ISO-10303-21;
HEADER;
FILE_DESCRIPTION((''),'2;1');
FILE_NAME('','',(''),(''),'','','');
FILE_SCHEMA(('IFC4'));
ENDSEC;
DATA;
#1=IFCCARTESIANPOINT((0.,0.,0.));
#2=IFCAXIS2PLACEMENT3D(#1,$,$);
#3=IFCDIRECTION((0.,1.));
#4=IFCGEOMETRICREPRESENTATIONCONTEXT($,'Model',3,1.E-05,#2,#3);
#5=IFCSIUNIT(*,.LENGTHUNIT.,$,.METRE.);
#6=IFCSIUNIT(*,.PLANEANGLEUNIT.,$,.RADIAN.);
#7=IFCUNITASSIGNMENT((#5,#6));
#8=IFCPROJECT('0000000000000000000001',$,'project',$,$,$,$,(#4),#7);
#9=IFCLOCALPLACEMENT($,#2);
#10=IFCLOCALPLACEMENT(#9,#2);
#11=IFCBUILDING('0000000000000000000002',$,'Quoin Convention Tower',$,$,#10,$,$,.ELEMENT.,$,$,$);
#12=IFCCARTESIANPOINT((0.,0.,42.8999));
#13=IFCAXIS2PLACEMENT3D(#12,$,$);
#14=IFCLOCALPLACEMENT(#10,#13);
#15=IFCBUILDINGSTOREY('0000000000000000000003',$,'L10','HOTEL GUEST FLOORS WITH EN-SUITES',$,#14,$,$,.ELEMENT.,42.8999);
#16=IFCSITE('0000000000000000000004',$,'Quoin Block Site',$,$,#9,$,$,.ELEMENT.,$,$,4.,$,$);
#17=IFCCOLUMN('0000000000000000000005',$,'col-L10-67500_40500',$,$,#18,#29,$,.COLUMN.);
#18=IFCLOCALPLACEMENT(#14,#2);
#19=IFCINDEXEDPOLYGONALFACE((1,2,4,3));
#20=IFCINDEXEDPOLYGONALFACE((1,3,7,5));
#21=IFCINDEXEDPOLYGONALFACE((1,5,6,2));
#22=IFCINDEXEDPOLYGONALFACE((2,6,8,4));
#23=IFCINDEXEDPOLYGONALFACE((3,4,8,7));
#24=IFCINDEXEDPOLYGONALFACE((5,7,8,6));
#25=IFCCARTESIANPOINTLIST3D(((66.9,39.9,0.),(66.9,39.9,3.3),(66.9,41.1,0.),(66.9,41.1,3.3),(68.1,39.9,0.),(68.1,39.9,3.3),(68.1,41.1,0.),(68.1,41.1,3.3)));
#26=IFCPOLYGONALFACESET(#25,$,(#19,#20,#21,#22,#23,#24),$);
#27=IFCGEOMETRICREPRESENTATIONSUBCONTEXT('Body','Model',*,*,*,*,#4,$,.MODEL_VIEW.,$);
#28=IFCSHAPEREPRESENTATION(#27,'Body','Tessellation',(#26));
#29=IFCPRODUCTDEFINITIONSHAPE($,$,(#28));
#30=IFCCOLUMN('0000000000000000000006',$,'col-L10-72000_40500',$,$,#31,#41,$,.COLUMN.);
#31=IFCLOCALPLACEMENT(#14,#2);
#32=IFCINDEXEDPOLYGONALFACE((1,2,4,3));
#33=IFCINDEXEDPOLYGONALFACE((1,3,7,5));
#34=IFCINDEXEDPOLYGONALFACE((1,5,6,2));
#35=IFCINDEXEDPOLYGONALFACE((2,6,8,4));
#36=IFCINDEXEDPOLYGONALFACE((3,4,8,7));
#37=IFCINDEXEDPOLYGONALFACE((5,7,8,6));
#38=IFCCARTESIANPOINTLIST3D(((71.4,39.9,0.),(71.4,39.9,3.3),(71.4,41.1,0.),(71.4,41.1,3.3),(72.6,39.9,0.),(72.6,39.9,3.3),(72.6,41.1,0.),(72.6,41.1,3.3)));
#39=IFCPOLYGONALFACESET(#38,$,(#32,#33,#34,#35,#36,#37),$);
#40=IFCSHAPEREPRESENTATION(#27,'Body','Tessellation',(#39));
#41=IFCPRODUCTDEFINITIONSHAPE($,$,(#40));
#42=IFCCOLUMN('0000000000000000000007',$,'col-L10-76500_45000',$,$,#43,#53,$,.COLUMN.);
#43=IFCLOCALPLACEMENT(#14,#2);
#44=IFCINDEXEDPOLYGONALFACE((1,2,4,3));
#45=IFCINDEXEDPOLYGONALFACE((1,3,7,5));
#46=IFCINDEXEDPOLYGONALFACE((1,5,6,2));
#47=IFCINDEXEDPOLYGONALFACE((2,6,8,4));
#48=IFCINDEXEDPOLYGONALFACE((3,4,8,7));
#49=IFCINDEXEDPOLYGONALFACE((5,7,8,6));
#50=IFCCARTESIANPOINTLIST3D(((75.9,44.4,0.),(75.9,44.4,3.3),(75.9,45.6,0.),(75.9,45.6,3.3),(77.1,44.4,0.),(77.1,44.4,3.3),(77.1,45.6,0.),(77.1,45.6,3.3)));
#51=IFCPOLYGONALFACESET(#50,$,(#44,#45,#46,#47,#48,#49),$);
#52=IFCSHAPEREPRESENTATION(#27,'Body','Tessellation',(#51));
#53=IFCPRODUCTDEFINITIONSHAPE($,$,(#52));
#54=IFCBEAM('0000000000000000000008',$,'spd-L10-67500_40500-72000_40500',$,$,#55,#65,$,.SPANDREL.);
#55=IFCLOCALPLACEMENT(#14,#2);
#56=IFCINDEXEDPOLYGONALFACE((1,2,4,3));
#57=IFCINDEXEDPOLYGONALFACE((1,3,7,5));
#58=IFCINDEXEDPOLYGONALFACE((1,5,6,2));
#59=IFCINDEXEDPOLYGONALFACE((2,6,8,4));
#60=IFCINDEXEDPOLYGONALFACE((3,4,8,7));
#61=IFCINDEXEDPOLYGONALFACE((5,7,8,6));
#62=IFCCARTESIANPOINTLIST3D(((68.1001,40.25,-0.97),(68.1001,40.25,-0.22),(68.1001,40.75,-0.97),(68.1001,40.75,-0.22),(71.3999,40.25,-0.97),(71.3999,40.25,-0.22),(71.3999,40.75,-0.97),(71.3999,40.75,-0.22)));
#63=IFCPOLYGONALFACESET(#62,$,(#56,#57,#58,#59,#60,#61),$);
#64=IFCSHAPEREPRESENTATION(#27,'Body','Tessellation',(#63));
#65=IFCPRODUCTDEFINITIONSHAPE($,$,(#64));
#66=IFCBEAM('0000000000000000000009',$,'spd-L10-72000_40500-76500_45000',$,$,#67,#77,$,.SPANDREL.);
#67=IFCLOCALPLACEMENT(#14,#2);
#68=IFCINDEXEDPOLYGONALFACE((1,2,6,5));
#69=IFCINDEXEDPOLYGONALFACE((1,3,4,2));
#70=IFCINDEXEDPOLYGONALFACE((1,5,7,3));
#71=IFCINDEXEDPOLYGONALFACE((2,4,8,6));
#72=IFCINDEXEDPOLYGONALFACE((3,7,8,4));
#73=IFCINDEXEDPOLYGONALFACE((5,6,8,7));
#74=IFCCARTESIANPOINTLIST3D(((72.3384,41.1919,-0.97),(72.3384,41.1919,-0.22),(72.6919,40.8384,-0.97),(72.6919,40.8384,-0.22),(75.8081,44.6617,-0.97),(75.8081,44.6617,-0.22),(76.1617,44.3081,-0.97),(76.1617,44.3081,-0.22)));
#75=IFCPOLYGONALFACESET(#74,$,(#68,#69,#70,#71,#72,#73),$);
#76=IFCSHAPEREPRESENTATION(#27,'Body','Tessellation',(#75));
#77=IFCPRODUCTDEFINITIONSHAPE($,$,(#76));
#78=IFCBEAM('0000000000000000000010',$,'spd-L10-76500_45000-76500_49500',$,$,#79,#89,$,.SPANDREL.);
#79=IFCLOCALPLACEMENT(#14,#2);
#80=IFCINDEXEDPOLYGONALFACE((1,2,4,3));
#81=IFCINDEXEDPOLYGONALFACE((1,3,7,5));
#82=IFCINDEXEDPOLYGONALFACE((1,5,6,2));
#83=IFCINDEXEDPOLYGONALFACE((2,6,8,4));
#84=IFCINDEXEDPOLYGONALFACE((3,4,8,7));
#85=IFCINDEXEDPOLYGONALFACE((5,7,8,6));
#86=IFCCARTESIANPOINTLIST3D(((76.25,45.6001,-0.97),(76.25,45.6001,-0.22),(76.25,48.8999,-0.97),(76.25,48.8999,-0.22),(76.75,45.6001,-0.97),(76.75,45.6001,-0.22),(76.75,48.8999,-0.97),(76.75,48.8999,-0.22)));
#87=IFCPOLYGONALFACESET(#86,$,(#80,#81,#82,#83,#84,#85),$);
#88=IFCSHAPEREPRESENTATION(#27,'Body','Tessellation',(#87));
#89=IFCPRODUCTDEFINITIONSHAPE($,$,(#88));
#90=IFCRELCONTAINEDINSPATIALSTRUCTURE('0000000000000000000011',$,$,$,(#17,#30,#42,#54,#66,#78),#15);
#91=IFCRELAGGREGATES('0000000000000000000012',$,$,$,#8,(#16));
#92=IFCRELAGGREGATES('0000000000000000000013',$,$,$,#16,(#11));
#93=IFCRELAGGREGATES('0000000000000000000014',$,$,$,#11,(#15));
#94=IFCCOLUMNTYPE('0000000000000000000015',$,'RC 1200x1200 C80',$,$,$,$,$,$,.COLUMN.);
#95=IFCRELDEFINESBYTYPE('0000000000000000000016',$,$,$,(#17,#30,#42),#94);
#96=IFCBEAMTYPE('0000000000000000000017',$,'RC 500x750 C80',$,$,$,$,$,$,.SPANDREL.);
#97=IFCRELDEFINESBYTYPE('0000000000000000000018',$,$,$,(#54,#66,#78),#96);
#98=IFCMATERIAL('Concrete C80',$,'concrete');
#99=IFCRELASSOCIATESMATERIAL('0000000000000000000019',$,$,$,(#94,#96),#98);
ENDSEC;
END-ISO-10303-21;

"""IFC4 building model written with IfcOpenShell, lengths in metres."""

from ifc_helpers import new_model, si_unit, direction, frame, origin, origin_2d, place, context, subcontext, project, spatial, rectangle, extrude, material, material_profile, profile_set, type_object, element, save


model = new_model("IFC4")

# Units and contexts
model_context = context("Model", 3, precision=1e-05, world=origin(), true_north=direction((0.0, 1.0)))
body_context = subcontext(model_context, "Body", "Model", "MODEL_VIEW")
ifc_project = project(units=[si_unit("LENGTHUNIT", "METRE"), si_unit("PLANEANGLEUNIT", "RADIAN")], contexts=[model_context])

# Site, building, storey
site_placement = place(None, origin())
site = spatial("IfcSite", under=ifc_project, at=site_placement, Name="Quoin Block Site", CompositionType="ELEMENT", RefElevation=4.0)
building_placement = place(site_placement, origin())
building = spatial("IfcBuilding", under=site, at=building_placement, Name="Quoin Convention Tower", CompositionType="ELEMENT")
storey_placement = place(building_placement, frame((0.0, 0.0, 42.8999)))
storey = spatial("IfcBuildingStorey", under=building, at=storey_placement, Name="L10", Description="HOTEL GUEST FLOORS WITH EN-SUITES", CompositionType="ELEMENT", Elevation=42.8999)

# Columns
ifc_material_1 = material(Name="Concrete C80", Category="concrete")
ifc_material_profile_1 = material_profile(ifc_material_1, rectangle(XDim=1.2, YDim=1.2, at=origin_2d()), Name="RC 1200x1200")
ifc_profile_set_1 = profile_set([ifc_material_profile_1], Name="Concrete C80")
column_type = type_object("IfcColumnType", Name="RC 1200x1200 C80", PredefinedType="COLUMN", material=ifc_profile_set_1)
for number, where, z_axis, x_axis, name in (
    (1, (67.5, 40.5, 0.0), (0.0, 0.0, 1.0), (1.0, 0.0, 0.0), "col-L10-67500_40500"),
    (2, (72.0, 40.5, 0.0), (0.0, 0.0, 1.0), (1.0, 0.0, 0.0), "col-L10-72000_40500"),
    (3, (76.5, 45.0, 0.0), (0.0, 0.0, 1.0), (1.0, 0.0, 0.0), "col-L10-76500_45000"),
):
    element("IfcColumn", number, at=place(storey_placement, frame(where, z_axis=z_axis, x_axis=x_axis)), inside=storey, type_object=column_type, Name=name, PredefinedType="COLUMN", context=body_context, shape_type="SweptSolid", body=[
        extrude(rectangle(XDim=1.2, YDim=1.2, at=origin_2d()), origin(), (0.0, 0.0, 1.0), 3.3),
    ])

# Beams
ifc_material_profile_2 = material_profile(ifc_material_1, rectangle(XDim=0.5, YDim=0.75, at=origin_2d()), Name="RC 500x750")
ifc_profile_set_2 = profile_set([ifc_material_profile_2], Name="Concrete C80")
beam_type = type_object("IfcBeamType", Name="RC 500x750 C80", PredefinedType="SPANDREL", material=ifc_profile_set_2)
beam_1_placement = place(storey_placement, frame((68.1001, 40.5, -0.595), z_axis=(1.0, 0.0, 0.0), x_axis=(0.0, 1.0, 0.0)))
element("IfcBeam", 4, at=beam_1_placement, inside=storey, type_object=beam_type, Name="spd-L10-67500_40500-72000_40500", PredefinedType="SPANDREL", context=body_context, shape_type="SweptSolid", body=[
    extrude(rectangle(XDim=0.5, YDim=0.75, at=origin_2d()), origin(), (0.0, 0.0, 1.0), 3.2998),
])
beam_2_placement = place(storey_placement, frame((72.5151, 41.0151, -0.595), z_axis=(0.707107, 0.707107, 0.0), x_axis=(-0.707107, 0.707107, 0.0)))
element("IfcBeam", 5, at=beam_2_placement, inside=storey, type_object=beam_type, Name="spd-L10-72000_40500-76500_45000", PredefinedType="SPANDREL", context=body_context, shape_type="SweptSolid", body=[
    extrude(rectangle(XDim=0.5, YDim=0.75, at=origin_2d()), origin(), (0.0, 0.0, 1.0), 4.907),
])
beam_3_placement = place(storey_placement, frame((76.5, 45.6001, -0.595), z_axis=(0.0, 1.0, 0.0), x_axis=(-1.0, 0.0, 0.0)))
element("IfcBeam", 6, at=beam_3_placement, inside=storey, type_object=beam_type, Name="spd-L10-76500_45000-76500_49500", PredefinedType="SPANDREL", context=body_context, shape_type="SweptSolid", body=[
    extrude(rectangle(XDim=0.5, YDim=0.75, at=origin_2d()), origin(), (0.0, 0.0, 1.0), 3.2998),
])

save(model, "model.ifc")
